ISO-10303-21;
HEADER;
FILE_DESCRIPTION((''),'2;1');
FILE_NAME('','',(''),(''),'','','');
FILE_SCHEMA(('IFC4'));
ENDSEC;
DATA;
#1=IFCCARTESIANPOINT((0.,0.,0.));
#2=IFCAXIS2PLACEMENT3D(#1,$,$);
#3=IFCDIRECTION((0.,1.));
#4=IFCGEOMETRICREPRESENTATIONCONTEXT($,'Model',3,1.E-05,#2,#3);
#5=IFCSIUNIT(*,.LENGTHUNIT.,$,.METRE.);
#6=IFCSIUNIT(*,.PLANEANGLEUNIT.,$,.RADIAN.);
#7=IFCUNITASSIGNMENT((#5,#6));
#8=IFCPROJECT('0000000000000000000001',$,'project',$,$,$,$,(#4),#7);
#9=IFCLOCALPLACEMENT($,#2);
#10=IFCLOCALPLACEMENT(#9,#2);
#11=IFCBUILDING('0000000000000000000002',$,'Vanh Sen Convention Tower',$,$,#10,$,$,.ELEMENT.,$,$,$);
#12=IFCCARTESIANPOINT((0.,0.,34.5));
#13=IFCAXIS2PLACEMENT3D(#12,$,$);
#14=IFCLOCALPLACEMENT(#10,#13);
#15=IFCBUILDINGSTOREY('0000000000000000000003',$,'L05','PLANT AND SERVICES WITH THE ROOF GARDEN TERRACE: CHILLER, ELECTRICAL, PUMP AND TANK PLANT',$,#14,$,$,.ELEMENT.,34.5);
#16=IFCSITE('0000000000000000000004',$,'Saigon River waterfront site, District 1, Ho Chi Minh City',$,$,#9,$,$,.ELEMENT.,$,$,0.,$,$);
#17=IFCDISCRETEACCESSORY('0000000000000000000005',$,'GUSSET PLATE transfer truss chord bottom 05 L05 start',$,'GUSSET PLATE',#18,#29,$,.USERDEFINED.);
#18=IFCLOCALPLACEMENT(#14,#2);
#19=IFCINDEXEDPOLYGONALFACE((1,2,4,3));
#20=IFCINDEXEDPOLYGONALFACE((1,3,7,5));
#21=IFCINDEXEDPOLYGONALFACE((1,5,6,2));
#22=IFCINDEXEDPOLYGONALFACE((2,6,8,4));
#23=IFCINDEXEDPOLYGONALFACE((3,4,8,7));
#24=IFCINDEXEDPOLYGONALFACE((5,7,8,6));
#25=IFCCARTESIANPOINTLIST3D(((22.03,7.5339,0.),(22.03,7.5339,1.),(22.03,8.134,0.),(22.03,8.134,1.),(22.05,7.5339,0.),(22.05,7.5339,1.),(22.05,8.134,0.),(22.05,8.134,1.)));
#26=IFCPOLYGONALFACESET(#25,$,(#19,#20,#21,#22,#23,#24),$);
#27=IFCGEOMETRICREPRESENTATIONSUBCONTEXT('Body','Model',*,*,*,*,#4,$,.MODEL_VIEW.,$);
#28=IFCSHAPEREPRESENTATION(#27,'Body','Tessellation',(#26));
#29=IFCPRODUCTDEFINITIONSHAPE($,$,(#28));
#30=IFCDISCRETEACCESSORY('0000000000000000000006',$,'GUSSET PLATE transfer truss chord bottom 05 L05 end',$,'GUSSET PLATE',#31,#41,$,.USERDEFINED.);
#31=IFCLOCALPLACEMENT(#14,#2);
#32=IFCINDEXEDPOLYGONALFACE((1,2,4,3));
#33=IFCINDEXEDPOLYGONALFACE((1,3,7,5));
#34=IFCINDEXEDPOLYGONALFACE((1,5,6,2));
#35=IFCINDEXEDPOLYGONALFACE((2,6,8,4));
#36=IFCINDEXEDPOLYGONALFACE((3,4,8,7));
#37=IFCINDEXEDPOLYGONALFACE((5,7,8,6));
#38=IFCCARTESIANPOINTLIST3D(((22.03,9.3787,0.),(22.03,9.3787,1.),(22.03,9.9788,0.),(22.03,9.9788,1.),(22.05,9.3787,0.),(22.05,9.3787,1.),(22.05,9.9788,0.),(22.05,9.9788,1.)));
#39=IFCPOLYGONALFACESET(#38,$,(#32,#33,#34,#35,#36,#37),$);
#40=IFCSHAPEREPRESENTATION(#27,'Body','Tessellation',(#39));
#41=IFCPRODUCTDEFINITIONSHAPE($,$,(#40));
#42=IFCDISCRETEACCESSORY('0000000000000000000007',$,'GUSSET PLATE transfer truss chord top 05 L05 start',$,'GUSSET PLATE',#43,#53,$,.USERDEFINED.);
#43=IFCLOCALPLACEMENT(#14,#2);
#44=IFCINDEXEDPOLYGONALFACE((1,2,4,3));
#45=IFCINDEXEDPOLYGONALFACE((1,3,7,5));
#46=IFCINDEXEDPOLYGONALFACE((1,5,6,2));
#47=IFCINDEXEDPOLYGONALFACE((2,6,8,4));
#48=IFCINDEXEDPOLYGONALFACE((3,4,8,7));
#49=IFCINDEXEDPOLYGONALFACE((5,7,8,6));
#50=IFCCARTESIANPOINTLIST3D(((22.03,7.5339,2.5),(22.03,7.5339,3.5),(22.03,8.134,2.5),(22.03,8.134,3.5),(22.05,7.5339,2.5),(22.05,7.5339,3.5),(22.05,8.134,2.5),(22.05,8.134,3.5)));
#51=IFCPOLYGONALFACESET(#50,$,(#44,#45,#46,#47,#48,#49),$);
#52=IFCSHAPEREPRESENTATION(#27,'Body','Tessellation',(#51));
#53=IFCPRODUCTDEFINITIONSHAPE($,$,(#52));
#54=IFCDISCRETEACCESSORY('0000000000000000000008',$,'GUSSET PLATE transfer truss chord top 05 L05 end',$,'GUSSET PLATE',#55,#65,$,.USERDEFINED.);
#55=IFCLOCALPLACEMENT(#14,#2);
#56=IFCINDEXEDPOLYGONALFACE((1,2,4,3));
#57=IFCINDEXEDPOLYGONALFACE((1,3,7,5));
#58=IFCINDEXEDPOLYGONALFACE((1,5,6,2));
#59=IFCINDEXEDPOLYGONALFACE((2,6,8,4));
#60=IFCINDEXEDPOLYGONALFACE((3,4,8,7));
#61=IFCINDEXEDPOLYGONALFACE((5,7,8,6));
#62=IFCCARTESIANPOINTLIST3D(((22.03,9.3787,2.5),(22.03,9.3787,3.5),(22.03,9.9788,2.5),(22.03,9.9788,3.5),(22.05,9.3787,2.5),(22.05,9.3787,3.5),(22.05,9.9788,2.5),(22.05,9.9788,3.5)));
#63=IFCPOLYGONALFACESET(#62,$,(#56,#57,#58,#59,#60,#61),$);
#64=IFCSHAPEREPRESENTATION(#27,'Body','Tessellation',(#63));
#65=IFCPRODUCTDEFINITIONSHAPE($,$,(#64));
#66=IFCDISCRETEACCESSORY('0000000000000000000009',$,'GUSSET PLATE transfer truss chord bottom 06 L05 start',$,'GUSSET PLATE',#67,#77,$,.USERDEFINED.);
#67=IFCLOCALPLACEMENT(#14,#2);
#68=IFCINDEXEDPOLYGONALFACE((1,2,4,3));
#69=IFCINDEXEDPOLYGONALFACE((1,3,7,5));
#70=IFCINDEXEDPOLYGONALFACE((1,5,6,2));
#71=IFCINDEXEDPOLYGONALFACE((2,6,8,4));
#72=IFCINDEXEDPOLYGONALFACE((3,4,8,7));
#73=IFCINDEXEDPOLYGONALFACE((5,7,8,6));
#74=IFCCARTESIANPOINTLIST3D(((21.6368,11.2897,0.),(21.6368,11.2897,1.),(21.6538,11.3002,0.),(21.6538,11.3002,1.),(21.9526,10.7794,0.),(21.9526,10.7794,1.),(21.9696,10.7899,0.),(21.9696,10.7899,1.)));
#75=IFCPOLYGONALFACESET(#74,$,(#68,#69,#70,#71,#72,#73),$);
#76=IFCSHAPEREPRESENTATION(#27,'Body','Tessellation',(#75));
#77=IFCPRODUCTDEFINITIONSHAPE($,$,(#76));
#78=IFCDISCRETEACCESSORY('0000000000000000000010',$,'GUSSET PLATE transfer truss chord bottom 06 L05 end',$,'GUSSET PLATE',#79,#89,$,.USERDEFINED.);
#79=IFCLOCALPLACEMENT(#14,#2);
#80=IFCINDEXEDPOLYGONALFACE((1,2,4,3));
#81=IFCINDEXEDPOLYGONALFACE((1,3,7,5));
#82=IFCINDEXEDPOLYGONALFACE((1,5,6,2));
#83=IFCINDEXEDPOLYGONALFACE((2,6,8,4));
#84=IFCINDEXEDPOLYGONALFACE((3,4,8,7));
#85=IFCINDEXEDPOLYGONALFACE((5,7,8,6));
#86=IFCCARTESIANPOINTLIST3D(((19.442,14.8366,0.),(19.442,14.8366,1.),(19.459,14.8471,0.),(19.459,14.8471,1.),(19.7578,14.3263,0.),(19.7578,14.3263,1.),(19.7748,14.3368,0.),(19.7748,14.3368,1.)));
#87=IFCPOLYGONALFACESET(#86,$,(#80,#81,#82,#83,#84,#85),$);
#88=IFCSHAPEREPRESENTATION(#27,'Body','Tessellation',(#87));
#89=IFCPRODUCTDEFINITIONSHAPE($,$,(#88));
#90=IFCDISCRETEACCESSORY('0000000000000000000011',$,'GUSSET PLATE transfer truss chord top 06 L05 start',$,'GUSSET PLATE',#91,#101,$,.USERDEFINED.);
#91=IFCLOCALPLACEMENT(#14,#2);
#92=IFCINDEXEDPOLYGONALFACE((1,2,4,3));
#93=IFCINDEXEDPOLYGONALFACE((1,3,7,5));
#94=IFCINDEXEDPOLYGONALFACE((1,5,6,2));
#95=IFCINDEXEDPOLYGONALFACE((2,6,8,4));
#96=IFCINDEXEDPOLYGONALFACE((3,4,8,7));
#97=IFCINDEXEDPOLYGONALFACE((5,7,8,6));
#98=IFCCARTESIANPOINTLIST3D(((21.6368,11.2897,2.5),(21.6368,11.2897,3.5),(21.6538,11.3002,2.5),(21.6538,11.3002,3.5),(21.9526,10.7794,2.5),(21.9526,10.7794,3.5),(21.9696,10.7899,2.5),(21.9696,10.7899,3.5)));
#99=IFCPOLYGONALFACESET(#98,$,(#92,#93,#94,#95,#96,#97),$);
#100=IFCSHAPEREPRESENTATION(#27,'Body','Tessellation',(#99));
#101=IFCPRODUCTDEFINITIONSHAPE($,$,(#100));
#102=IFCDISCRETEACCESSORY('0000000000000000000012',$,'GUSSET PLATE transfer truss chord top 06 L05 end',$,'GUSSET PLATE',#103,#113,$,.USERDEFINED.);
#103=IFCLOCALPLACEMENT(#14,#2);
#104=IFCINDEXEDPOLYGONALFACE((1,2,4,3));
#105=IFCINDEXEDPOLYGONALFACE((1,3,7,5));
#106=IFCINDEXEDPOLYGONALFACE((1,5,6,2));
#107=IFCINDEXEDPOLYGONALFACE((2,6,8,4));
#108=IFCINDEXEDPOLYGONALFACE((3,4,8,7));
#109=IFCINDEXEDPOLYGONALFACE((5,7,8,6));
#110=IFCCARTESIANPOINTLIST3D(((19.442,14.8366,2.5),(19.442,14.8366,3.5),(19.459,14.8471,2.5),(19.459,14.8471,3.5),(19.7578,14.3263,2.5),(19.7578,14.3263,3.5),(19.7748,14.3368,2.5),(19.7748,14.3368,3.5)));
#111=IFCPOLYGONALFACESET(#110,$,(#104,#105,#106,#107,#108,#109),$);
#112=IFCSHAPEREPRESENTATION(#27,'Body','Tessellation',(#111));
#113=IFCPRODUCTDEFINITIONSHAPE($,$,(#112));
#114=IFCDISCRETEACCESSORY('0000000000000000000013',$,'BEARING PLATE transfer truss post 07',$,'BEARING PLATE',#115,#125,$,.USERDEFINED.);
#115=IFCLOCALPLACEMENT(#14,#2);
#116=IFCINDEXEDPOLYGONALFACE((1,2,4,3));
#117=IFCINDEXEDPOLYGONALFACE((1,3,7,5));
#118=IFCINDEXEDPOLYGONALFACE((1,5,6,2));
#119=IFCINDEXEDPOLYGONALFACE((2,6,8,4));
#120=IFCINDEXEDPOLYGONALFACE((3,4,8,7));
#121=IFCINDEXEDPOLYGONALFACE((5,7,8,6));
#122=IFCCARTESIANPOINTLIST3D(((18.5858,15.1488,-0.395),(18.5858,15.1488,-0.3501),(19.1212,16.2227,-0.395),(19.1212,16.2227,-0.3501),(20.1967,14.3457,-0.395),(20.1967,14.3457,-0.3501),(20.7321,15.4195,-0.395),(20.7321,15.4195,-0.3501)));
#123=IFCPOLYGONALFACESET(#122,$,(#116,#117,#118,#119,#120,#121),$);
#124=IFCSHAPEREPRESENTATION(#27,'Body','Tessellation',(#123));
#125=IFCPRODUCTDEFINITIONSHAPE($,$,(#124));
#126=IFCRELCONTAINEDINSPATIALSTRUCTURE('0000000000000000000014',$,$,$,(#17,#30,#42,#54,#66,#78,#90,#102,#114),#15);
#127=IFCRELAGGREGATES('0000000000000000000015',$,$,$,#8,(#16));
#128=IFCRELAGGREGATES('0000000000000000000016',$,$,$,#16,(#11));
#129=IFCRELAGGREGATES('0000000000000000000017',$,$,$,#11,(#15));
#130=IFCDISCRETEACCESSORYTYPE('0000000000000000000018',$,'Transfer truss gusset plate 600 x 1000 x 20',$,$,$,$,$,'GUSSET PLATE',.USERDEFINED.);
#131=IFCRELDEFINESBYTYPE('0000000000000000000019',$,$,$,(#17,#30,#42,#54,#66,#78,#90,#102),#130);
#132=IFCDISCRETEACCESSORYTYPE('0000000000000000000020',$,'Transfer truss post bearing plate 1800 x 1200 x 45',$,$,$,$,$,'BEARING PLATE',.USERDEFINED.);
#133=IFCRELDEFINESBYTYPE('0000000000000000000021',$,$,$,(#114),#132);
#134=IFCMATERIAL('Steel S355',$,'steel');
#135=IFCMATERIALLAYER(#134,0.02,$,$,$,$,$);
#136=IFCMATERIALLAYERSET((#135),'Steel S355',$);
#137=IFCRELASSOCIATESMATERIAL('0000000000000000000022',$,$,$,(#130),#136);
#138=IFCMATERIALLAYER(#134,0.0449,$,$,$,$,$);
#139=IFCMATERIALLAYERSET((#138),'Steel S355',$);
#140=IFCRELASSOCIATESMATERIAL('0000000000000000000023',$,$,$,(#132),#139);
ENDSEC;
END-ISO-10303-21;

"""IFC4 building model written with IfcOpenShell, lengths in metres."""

from ifc_helpers import new_model, si_unit, direction, frame, origin, origin_2d, place, context, subcontext, project, spatial, rectangle, extrude, material, layer, layer_set, type_object, element, save


model = new_model("IFC4")

# Units and contexts
model_context = context("Model", 3, precision=1e-05, world=origin(), true_north=direction((0.0, 1.0)))
body_context = subcontext(model_context, "Body", "Model", "MODEL_VIEW")
ifc_project = project(units=[si_unit("LENGTHUNIT", "METRE"), si_unit("PLANEANGLEUNIT", "RADIAN")], contexts=[model_context])

# Site, building, storey
site_placement = place(None, origin())
site = spatial("IfcSite", under=ifc_project, at=site_placement, Name="Saigon River waterfront site, District 1, Ho Chi Minh City", CompositionType="ELEMENT", RefElevation=0.0)
building_placement = place(site_placement, origin())
building = spatial("IfcBuilding", under=site, at=building_placement, Name="Vanh Sen Convention Tower", CompositionType="ELEMENT")
storey_placement = place(building_placement, frame((0.0, 0.0, 34.5)))
storey = spatial("IfcBuildingStorey", under=building, at=storey_placement, Name="L05", Description="PLANT AND SERVICES WITH THE ROOF GARDEN TERRACE: CHILLER, ELECTRICAL, PUMP AND TANK PLANT", CompositionType="ELEMENT", Elevation=34.5)

# Shared definitions
ifc_material_1 = material(Name="Steel S355", Category="steel")

# Discrete accessories
ifc_layer_1 = layer(ifc_material_1, 0.02)
ifc_layer_set_1 = layer_set([ifc_layer_1], Name="Steel S355")
discrete_accessory_type_1 = type_object("IfcDiscreteAccessoryType", Name="Transfer truss gusset plate 600 x 1000 x 20", ElementType="GUSSET PLATE", PredefinedType="USERDEFINED", material=ifc_layer_set_1)
for number, where, z_axis, x_axis, name in (
    (1, (22.04, 7.834, 0.0), (0.0, 0.0, 1.0), (0.0, 1.0, 0.0), "GUSSET PLATE transfer truss chord bottom 05 L05 start"),
    (2, (22.04, 9.6787, 0.0), (0.0, 0.0, 1.0), (0.0, -1.0, 0.0), "GUSSET PLATE transfer truss chord bottom 05 L05 end"),
    (3, (22.04, 7.834, 2.5), (0.0, 0.0, 1.0), (0.0, 1.0, 0.0), "GUSSET PLATE transfer truss chord top 05 L05 start"),
    (4, (22.04, 9.6787, 2.5), (0.0, 0.0, 1.0), (0.0, -1.0, 0.0), "GUSSET PLATE transfer truss chord top 05 L05 end"),
    (5, (21.8032, 11.0398, 0.0), (0.0, 0.0, 1.0), (-0.526211, 0.850354, 0.0), "GUSSET PLATE transfer truss chord bottom 06 L05 start"),
    (6, (19.6084, 14.5867, 0.0), (0.0, 0.0, 1.0), (0.526211, -0.850354, 0.0), "GUSSET PLATE transfer truss chord bottom 06 L05 end"),
    (7, (21.8032, 11.0398, 2.5), (0.0, 0.0, 1.0), (-0.526211, 0.850354, 0.0), "GUSSET PLATE transfer truss chord top 06 L05 start"),
    (8, (19.6084, 14.5867, 2.5), (0.0, 0.0, 1.0), (0.526211, -0.850354, 0.0), "GUSSET PLATE transfer truss chord top 06 L05 end"),
):
    element("IfcDiscreteAccessory", number, at=place(storey_placement, frame(where, z_axis=z_axis, x_axis=x_axis)), inside=storey, type_object=discrete_accessory_type_1, Name=name, ObjectType="GUSSET PLATE", PredefinedType="USERDEFINED", context=body_context, shape_type="SweptSolid", body=[
        extrude(rectangle(XDim=0.6001, YDim=0.02, at=origin_2d()), origin(), (0.0, 0.0, 1.0), 1.0),
    ])
ifc_layer_2 = layer(ifc_material_1, 0.0449)
ifc_layer_set_2 = layer_set([ifc_layer_2], Name="Steel S355")
discrete_accessory_type_2 = type_object("IfcDiscreteAccessoryType", Name="Transfer truss post bearing plate 1800 x 1200 x 45", ElementType="BEARING PLATE", PredefinedType="USERDEFINED", material=ifc_layer_set_2)
discrete_accessory_placement = place(storey_placement, frame((19.6589, 15.2842, -0.395), z_axis=(0.0, 0.0, 1.0), x_axis=(-0.894934, 0.446198, 0.0)))
element("IfcDiscreteAccessory", 9, at=discrete_accessory_placement, inside=storey, type_object=discrete_accessory_type_2, Name="BEARING PLATE transfer truss post 07", ObjectType="BEARING PLATE", PredefinedType="USERDEFINED", context=body_context, shape_type="SweptSolid", body=[
    extrude(rectangle(XDim=1.8, YDim=1.2, at=origin_2d()), origin(), (0.0, 0.0, 1.0), 0.0449),
])

save(model, "model.ifc")
